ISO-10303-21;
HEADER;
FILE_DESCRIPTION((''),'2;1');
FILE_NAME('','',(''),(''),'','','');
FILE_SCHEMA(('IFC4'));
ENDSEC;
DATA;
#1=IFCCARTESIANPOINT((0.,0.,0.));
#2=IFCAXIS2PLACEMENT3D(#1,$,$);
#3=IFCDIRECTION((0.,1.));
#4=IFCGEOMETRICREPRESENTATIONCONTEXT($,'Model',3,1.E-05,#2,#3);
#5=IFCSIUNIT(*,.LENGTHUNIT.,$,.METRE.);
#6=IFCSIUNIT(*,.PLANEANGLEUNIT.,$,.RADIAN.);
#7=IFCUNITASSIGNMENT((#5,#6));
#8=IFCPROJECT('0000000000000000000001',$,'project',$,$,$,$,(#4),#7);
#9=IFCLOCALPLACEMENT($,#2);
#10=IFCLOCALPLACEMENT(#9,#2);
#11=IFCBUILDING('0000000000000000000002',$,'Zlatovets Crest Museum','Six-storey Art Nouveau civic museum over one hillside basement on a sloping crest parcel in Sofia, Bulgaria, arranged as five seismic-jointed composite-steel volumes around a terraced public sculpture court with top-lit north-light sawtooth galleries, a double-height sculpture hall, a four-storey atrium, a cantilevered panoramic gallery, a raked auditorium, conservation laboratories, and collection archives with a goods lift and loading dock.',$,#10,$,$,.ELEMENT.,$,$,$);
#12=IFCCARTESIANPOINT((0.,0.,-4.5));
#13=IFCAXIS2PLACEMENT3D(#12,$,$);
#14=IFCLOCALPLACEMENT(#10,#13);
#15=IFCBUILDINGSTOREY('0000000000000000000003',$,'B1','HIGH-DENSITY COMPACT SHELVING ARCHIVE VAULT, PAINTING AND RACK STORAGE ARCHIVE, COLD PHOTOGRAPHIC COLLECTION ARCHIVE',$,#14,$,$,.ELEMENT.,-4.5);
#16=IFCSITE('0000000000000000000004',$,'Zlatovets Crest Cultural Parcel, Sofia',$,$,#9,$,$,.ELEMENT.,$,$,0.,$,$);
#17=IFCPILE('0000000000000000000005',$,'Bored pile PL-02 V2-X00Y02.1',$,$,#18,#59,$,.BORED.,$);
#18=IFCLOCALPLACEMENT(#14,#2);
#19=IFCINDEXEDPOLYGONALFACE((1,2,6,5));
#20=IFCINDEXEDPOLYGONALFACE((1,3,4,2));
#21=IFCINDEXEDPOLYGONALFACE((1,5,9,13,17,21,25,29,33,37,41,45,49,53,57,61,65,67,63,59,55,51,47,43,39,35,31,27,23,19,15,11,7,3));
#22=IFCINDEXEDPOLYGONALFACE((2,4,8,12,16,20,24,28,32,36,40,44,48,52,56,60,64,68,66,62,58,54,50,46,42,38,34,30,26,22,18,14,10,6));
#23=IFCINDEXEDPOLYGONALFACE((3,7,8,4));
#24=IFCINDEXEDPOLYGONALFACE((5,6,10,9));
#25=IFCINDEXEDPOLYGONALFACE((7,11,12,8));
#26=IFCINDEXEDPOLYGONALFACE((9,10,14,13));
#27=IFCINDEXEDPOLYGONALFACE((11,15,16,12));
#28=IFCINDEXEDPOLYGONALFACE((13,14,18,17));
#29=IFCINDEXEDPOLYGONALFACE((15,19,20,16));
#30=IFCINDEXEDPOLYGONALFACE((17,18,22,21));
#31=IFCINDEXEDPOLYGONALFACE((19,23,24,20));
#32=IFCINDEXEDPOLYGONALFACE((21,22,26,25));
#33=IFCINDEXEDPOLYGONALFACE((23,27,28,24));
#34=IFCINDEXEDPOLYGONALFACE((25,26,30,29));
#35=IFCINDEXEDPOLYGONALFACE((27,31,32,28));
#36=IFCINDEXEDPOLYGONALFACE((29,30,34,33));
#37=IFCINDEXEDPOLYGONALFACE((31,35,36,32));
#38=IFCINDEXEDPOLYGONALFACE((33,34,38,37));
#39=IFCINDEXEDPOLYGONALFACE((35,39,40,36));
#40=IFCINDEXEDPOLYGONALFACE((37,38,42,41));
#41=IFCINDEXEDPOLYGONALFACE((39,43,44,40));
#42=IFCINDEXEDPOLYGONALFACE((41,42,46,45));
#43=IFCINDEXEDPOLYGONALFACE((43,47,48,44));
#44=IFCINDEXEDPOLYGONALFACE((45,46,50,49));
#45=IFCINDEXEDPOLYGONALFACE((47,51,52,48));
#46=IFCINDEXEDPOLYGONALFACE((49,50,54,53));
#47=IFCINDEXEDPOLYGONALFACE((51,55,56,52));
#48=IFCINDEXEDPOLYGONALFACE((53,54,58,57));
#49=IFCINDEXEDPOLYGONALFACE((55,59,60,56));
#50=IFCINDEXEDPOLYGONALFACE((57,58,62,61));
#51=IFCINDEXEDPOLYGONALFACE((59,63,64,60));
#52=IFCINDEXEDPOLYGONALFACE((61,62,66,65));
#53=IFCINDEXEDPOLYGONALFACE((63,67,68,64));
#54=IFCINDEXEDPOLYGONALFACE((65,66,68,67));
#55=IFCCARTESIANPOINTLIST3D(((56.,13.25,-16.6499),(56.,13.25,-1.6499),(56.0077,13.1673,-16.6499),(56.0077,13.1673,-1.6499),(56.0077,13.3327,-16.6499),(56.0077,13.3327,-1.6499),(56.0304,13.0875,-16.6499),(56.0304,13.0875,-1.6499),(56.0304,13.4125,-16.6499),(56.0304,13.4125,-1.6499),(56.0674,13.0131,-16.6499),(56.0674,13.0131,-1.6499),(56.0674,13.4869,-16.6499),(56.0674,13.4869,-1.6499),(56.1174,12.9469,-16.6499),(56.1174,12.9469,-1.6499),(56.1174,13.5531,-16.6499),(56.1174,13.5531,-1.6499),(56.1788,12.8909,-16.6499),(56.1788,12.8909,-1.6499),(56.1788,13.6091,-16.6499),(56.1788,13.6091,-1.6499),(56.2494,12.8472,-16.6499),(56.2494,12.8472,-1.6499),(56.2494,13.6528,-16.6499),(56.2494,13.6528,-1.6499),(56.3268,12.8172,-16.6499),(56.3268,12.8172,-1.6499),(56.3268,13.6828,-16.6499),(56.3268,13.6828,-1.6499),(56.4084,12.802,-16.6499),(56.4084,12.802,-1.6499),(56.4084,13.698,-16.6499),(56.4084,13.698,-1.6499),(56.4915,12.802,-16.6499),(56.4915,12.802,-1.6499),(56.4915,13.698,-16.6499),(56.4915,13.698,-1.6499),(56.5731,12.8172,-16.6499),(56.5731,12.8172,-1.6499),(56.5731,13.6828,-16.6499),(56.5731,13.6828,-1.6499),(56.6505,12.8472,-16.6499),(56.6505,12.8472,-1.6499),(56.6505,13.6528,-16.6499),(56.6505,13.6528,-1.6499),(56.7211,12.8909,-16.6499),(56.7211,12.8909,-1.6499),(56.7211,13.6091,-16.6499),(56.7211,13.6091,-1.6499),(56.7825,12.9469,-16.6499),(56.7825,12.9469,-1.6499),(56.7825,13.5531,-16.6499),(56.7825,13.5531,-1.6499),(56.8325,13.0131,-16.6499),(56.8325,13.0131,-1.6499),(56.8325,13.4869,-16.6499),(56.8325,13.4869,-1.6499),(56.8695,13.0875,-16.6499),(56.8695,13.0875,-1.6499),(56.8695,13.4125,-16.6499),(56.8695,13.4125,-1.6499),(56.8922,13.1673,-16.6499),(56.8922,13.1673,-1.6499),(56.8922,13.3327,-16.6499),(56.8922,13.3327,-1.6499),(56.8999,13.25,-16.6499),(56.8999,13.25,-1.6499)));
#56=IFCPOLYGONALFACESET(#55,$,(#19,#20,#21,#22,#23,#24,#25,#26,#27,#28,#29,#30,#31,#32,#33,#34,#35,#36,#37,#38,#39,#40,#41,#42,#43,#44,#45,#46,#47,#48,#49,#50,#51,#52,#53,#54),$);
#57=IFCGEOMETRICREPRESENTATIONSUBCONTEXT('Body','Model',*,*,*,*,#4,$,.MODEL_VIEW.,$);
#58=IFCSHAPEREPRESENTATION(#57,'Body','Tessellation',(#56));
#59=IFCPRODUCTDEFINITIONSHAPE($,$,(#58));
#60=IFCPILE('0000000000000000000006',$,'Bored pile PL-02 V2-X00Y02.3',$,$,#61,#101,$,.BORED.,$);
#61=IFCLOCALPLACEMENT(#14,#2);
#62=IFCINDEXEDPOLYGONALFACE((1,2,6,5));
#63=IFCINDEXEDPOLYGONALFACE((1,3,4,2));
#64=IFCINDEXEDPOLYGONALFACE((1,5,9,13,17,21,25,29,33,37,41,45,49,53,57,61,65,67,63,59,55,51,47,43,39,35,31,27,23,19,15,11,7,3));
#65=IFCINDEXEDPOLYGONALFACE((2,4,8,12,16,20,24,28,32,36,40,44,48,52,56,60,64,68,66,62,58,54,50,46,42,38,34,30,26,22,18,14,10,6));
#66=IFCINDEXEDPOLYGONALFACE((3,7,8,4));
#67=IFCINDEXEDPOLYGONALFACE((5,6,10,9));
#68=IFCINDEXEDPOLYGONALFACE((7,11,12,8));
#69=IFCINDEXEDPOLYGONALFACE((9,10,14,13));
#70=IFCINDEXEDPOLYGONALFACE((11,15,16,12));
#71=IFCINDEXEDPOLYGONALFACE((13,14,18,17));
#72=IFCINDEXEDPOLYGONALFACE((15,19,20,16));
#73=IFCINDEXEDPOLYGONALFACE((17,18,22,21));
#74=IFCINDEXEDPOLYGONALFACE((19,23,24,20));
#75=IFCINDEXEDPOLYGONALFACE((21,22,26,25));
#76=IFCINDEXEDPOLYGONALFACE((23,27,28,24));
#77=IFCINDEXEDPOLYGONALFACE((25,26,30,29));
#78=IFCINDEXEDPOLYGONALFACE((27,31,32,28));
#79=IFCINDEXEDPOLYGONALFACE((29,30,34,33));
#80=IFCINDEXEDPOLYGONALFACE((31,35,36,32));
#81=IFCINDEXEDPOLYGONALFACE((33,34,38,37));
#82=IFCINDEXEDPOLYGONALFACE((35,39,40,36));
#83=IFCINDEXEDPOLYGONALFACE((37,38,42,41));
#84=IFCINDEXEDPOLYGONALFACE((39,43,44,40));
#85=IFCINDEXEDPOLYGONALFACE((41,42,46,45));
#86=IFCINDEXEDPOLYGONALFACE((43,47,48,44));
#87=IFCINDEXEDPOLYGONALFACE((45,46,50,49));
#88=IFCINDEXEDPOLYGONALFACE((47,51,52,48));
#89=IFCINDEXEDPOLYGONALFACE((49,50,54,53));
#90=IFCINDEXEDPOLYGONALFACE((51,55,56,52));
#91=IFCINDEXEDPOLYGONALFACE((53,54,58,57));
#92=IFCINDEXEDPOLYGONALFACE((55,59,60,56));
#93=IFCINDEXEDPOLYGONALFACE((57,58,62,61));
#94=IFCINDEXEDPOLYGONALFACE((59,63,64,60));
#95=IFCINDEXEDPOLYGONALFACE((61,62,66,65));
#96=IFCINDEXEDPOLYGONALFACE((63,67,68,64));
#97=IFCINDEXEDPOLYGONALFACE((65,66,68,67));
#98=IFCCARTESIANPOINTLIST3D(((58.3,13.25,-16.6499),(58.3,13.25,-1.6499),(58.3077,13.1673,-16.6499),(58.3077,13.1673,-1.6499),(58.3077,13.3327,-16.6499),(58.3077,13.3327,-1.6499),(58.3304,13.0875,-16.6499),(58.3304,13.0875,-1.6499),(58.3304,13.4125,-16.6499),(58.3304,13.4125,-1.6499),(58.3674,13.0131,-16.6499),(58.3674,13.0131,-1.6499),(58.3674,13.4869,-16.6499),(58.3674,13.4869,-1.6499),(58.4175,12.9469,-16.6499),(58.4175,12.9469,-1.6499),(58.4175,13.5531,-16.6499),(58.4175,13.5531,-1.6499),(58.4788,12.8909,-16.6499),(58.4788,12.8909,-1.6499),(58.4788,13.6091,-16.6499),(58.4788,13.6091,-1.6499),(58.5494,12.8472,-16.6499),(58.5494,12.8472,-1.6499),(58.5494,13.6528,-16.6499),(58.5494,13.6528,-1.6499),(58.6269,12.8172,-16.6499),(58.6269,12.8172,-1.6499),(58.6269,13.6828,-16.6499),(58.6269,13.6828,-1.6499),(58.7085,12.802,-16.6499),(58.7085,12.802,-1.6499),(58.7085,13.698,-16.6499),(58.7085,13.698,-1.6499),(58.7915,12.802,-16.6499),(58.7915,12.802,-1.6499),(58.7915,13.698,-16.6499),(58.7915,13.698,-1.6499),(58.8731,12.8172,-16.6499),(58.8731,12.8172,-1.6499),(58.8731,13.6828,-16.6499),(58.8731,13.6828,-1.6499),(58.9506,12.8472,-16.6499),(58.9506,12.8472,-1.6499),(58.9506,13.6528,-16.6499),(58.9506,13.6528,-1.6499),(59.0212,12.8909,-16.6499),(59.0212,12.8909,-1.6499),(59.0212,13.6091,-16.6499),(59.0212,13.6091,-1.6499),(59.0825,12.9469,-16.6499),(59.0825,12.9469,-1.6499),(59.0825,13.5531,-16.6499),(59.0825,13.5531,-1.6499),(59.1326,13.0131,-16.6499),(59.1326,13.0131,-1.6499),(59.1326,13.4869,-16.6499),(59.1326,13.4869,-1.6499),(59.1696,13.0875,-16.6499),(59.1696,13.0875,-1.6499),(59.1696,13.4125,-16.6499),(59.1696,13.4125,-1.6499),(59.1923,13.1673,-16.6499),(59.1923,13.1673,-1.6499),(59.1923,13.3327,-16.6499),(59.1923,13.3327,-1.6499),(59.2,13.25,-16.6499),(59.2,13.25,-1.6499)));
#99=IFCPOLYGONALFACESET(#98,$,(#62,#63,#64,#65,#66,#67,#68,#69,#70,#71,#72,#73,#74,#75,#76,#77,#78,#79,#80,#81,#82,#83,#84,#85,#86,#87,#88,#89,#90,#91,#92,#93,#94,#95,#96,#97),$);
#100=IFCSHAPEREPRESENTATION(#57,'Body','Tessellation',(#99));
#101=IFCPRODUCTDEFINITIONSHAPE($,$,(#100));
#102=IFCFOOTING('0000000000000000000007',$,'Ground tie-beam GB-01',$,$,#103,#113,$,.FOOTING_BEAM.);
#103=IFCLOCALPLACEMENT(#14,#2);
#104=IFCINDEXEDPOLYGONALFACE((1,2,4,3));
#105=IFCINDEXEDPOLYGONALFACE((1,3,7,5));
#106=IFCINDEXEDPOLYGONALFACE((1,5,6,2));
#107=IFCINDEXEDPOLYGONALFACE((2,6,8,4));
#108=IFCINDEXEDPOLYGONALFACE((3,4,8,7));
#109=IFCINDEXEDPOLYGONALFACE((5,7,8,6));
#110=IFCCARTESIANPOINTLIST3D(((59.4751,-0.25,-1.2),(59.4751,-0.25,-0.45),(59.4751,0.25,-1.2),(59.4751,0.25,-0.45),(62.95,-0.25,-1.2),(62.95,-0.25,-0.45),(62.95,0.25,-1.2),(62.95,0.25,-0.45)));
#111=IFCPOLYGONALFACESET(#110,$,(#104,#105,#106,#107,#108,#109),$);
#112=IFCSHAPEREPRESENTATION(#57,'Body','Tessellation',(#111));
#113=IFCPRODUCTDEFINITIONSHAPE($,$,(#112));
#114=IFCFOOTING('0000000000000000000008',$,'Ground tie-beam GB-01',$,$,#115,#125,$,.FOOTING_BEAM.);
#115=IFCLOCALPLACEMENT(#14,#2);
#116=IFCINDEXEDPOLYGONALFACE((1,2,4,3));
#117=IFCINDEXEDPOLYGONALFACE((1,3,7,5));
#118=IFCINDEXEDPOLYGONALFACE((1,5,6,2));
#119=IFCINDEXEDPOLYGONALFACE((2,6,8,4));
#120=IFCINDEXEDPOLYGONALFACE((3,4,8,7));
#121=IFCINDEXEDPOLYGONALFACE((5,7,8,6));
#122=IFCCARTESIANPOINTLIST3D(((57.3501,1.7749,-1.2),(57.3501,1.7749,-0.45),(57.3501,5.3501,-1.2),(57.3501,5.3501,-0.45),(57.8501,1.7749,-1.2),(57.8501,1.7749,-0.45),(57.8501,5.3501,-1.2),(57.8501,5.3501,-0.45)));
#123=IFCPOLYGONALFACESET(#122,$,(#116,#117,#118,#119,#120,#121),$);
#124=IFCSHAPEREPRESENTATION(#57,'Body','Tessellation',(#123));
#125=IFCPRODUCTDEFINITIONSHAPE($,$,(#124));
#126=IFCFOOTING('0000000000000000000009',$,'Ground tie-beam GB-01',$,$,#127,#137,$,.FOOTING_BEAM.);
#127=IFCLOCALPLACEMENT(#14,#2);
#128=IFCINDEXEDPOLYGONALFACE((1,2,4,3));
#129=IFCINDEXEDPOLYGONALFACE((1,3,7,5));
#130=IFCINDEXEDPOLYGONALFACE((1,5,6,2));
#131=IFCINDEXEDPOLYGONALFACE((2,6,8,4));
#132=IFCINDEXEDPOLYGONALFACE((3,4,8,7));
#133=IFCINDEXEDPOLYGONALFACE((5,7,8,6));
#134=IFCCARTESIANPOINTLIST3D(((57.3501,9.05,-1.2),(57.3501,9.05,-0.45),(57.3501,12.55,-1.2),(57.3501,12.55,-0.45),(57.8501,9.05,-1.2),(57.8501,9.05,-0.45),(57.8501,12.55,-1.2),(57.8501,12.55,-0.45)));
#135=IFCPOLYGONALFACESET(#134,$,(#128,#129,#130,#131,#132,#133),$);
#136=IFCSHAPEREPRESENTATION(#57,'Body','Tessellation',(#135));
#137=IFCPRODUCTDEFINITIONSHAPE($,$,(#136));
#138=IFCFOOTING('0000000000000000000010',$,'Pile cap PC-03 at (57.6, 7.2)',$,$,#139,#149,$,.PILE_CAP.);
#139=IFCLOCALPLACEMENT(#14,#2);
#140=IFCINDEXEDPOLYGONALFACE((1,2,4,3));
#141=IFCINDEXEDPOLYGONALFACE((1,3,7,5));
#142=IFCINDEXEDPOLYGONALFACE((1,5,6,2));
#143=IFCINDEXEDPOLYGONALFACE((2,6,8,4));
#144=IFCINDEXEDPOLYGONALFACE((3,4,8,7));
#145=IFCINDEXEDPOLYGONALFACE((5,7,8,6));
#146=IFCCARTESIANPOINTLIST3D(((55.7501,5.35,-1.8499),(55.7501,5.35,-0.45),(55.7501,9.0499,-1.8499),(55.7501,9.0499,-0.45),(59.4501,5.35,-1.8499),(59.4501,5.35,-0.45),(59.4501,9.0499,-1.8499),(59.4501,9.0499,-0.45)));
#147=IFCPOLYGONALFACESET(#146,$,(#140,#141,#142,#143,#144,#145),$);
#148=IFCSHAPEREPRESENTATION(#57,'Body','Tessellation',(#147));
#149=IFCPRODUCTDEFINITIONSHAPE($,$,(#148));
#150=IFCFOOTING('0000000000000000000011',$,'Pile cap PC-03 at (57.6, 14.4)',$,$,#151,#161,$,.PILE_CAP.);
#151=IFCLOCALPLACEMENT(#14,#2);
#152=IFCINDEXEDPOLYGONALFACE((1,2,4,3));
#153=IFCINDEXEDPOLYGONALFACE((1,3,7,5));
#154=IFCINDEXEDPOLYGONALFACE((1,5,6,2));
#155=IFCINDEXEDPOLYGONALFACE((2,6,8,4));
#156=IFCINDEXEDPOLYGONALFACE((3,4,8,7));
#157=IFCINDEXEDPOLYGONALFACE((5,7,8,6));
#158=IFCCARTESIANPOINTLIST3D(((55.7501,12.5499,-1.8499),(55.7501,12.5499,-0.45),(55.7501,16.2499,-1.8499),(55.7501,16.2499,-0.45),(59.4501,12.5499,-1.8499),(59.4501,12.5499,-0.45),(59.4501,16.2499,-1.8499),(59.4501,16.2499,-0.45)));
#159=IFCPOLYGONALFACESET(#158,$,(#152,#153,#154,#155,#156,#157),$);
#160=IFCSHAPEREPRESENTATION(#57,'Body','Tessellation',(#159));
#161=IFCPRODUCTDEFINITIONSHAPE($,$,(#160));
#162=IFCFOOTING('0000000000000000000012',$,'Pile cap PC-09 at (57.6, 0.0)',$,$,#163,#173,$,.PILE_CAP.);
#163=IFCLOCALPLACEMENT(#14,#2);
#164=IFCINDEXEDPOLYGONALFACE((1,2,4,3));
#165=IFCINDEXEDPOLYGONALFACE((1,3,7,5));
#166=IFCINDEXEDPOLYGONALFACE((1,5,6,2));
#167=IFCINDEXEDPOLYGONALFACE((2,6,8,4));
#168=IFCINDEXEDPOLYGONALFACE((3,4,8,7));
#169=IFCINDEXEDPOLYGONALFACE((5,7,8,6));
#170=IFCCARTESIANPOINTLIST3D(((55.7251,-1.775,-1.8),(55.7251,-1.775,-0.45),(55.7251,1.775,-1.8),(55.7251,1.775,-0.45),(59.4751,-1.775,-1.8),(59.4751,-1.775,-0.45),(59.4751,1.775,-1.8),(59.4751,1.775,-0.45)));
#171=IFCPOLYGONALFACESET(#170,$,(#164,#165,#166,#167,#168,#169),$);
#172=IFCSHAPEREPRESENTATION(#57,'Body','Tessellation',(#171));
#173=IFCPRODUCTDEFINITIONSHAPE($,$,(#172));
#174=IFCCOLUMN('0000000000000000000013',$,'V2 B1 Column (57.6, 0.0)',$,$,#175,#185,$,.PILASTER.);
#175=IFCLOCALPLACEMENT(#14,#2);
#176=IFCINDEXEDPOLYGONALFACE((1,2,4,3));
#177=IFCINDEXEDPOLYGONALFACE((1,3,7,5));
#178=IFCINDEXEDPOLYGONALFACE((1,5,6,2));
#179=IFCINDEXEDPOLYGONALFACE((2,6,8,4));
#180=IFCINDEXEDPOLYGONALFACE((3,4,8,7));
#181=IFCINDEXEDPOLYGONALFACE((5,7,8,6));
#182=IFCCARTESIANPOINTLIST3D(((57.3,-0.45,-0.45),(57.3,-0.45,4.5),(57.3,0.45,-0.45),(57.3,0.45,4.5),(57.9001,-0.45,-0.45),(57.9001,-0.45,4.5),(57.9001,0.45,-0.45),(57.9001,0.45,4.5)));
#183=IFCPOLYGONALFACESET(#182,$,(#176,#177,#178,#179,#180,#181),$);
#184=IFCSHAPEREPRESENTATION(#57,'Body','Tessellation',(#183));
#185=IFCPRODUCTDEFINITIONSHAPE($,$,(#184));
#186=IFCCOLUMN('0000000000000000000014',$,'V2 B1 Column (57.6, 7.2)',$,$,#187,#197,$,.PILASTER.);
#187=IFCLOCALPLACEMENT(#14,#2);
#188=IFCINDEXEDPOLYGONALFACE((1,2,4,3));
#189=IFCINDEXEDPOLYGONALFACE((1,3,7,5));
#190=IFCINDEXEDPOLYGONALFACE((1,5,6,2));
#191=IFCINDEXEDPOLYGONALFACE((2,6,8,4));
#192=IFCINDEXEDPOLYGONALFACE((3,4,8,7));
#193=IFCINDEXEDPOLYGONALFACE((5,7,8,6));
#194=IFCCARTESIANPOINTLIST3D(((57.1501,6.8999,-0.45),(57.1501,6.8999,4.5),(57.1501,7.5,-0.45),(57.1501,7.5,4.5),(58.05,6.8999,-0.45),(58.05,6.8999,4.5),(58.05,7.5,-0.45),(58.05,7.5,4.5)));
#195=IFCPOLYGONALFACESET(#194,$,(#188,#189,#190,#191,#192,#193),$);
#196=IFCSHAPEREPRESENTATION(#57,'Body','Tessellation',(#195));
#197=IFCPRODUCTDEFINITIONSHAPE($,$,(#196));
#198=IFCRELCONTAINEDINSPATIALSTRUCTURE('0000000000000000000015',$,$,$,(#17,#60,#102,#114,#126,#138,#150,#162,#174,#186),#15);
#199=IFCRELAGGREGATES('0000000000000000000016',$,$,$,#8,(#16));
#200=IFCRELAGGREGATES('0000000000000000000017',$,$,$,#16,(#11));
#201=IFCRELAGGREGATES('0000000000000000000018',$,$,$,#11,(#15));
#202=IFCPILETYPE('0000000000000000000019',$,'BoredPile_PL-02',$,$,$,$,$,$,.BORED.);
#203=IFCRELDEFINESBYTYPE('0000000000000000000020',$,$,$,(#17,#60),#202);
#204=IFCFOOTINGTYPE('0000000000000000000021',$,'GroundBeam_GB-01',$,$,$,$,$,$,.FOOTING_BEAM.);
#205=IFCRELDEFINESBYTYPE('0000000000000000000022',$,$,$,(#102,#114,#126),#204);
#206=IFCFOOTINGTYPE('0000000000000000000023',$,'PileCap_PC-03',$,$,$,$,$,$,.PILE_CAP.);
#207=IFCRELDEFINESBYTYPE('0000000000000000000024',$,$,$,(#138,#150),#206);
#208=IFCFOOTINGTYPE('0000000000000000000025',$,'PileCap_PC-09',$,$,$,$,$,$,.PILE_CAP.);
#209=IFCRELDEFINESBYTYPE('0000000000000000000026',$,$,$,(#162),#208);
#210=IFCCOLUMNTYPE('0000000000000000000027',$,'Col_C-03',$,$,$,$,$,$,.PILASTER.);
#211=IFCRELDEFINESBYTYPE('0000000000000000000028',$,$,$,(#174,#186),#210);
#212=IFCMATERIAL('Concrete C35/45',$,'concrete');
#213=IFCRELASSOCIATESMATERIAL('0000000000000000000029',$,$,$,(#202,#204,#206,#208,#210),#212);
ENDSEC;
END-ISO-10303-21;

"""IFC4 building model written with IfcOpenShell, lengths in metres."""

from ifc_helpers import new_model, si_unit, direction, frame, origin, origin_2d, place, context, subcontext, project, spatial, rectangle, circle, extrude, material, material_profile, profile_set, type_object, element, save


model = new_model("IFC4")

# Units and contexts
model_context = context("Model", 3, precision=1e-05, world=origin(), true_north=direction((0.0, 1.0)))
body_context = subcontext(model_context, "Body", "Model", "MODEL_VIEW")
ifc_project = project(units=[si_unit("LENGTHUNIT", "METRE"), si_unit("PLANEANGLEUNIT", "RADIAN")], contexts=[model_context])

# Site, building, storey
site_placement = place(None, origin())
site = spatial("IfcSite", under=ifc_project, at=site_placement, Name="Zlatovets Crest Cultural Parcel, Sofia", CompositionType="ELEMENT", RefElevation=0.0)
building_placement = place(site_placement, origin())
building = spatial("IfcBuilding", under=site, at=building_placement, Name="Zlatovets Crest Museum", Description="Six-storey Art Nouveau civic museum over one hillside basement on a sloping crest parcel in Sofia, Bulgaria, arranged as five seismic-jointed composite-steel volumes around a terraced public sculpture court with top-lit north-light sawtooth galleries, a double-height sculpture hall, a four-storey atrium, a cantilevered panoramic gallery, a raked auditorium, conservation laboratories, and collection archives with a goods lift and loading dock.", CompositionType="ELEMENT")
storey_placement = place(building_placement, frame((0.0, 0.0, -4.5)))
storey = spatial("IfcBuildingStorey", under=building, at=storey_placement, Name="B1", Description="HIGH-DENSITY COMPACT SHELVING ARCHIVE VAULT, PAINTING AND RACK STORAGE ARCHIVE, COLD PHOTOGRAPHIC COLLECTION ARCHIVE", CompositionType="ELEMENT", Elevation=-4.5)

# Piles
ifc_material_1 = material(Name="Concrete C35/45", Category="concrete")
ifc_material_profile_1 = material_profile(ifc_material_1, circle(Radius=0.45, at=origin_2d()), Name="PILE D900")
ifc_profile_set_1 = profile_set([ifc_material_profile_1], Name="Concrete C35/45")
pile_type = type_object("IfcPileType", Name="BoredPile_PL-02", PredefinedType="BORED", material=ifc_profile_set_1)
for number, where, z_axis, x_axis, name in (
    (1, (56.45, 13.25, -1.6499), (0.0, 0.0, -1.0), (1.0, 0.0, 0.0), "Bored pile PL-02 V2-X00Y02.1"),
    (2, (58.75, 13.25, -1.6499), (0.0, 0.0, -1.0), (1.0, 0.0, 0.0), "Bored pile PL-02 V2-X00Y02.3"),
):
    element("IfcPile", number, at=place(storey_placement, frame(where, z_axis=z_axis, x_axis=x_axis)), inside=storey, type_object=pile_type, Name=name, PredefinedType="BORED", context=body_context, shape_type="SweptSolid", body=[
        extrude(circle(Radius=0.45, at=origin_2d()), origin(), (0.0, 0.0, 1.0), 15.0),
    ])

# Footings
ifc_material_profile_2 = material_profile(ifc_material_1, rectangle(XDim=0.5, YDim=0.75, at=origin_2d()), Name="RC 500x750")
ifc_profile_set_2 = profile_set([ifc_material_profile_2], Name="Concrete C35/45")
footing_type_1 = type_object("IfcFootingType", Name="GroundBeam_GB-01", PredefinedType="FOOTING_BEAM", material=ifc_profile_set_2)
footing_1_placement = place(storey_placement, frame((59.4751, 0.0, -0.825), z_axis=(1.0, 0.0, 0.0), x_axis=(0.0, 1.0, 0.0)))
element("IfcFooting", 3, at=footing_1_placement, inside=storey, type_object=footing_type_1, Name="Ground tie-beam GB-01", PredefinedType="FOOTING_BEAM", context=body_context, shape_type="SweptSolid", body=[
    extrude(rectangle(XDim=0.5, YDim=0.75, at=origin_2d()), origin(), (0.0, 0.0, 1.0), 3.4749),
])
footing_2_placement = place(storey_placement, frame((57.6001, 1.7749, -0.825), z_axis=(0.0, 1.0, 0.0), x_axis=(-1.0, 0.0, 0.0)))
element("IfcFooting", 4, at=footing_2_placement, inside=storey, type_object=footing_type_1, Name="Ground tie-beam GB-01", PredefinedType="FOOTING_BEAM", context=body_context, shape_type="SweptSolid", body=[
    extrude(rectangle(XDim=0.5, YDim=0.75, at=origin_2d()), origin(), (0.0, 0.0, 1.0), 3.5752),
])
footing_3_placement = place(storey_placement, frame((57.6001, 9.05, -0.825), z_axis=(0.0, 1.0, 0.0), x_axis=(-1.0, 0.0, 0.0)))
element("IfcFooting", 5, at=footing_3_placement, inside=storey, type_object=footing_type_1, Name="Ground tie-beam GB-01", PredefinedType="FOOTING_BEAM", context=body_context, shape_type="SweptSolid", body=[
    extrude(rectangle(XDim=0.5, YDim=0.75, at=origin_2d()), origin(), (0.0, 0.0, 1.0), 3.5),
])
footing_type_2 = type_object("IfcFootingType", Name="PileCap_PC-03", PredefinedType="PILE_CAP", material=ifc_material_1)
for number, where, z_axis, x_axis, name in (
    (6, (57.6001, 7.2, -1.8499), (0.0, 0.0, 1.0), (1.0, 0.0, 0.0), "Pile cap PC-03 at (57.6, 7.2)"),
    (7, (57.6001, 14.3999, -1.8499), (0.0, 0.0, 1.0), (1.0, 0.0, 0.0), "Pile cap PC-03 at (57.6, 14.4)"),
):
    element("IfcFooting", number, at=place(storey_placement, frame(where, z_axis=z_axis, x_axis=x_axis)), inside=storey, type_object=footing_type_2, Name=name, PredefinedType="PILE_CAP", context=body_context, shape_type="SweptSolid", body=[
        extrude(rectangle(XDim=3.7, YDim=3.7, at=origin_2d()), origin(), (0.0, 0.0, 1.0), 1.3999),
    ])
footing_type_3 = type_object("IfcFootingType", Name="PileCap_PC-09", PredefinedType="PILE_CAP", material=ifc_material_1)
footing_4_placement = place(storey_placement, frame((57.6001, 0.0, -1.8), z_axis=(0.0, 0.0, 1.0), x_axis=(1.0, 0.0, 0.0)))
element("IfcFooting", 8, at=footing_4_placement, inside=storey, type_object=footing_type_3, Name="Pile cap PC-09 at (57.6, 0.0)", PredefinedType="PILE_CAP", context=body_context, shape_type="SweptSolid", body=[
    extrude(rectangle(XDim=3.75, YDim=3.55, at=origin_2d()), origin(), (0.0, 0.0, 1.0), 1.3501),
])

# Columns
ifc_material_profile_3 = material_profile(ifc_material_1, rectangle(XDim=0.6001, YDim=0.8999, at=origin_2d()), Name="RC 600x900")
ifc_profile_set_3 = profile_set([ifc_material_profile_3], Name="Concrete C35/45")
column_type = type_object("IfcColumnType", Name="Col_C-03", PredefinedType="PILASTER", material=ifc_profile_set_3)
for number, where, z_axis, x_axis, name in (
    (9, (57.6001, 0.0, -0.45), (0.0, 0.0, 1.0), (1.0, 0.0, 0.0), "V2 B1 Column (57.6, 0.0)"),
    (10, (57.6001, 7.2, -0.45), (0.0, 0.0, 1.0), (0.0, 1.0, 0.0), "V2 B1 Column (57.6, 7.2)"),
):
    element("IfcColumn", number, at=place(storey_placement, frame(where, z_axis=z_axis, x_axis=x_axis)), inside=storey, type_object=column_type, Name=name, PredefinedType="PILASTER", context=body_context, shape_type="SweptSolid", body=[
        extrude(rectangle(XDim=0.6001, YDim=0.8999, at=origin_2d()), origin(), (0.0, 0.0, 1.0), 4.95),
    ])

save(model, "model.ifc")
